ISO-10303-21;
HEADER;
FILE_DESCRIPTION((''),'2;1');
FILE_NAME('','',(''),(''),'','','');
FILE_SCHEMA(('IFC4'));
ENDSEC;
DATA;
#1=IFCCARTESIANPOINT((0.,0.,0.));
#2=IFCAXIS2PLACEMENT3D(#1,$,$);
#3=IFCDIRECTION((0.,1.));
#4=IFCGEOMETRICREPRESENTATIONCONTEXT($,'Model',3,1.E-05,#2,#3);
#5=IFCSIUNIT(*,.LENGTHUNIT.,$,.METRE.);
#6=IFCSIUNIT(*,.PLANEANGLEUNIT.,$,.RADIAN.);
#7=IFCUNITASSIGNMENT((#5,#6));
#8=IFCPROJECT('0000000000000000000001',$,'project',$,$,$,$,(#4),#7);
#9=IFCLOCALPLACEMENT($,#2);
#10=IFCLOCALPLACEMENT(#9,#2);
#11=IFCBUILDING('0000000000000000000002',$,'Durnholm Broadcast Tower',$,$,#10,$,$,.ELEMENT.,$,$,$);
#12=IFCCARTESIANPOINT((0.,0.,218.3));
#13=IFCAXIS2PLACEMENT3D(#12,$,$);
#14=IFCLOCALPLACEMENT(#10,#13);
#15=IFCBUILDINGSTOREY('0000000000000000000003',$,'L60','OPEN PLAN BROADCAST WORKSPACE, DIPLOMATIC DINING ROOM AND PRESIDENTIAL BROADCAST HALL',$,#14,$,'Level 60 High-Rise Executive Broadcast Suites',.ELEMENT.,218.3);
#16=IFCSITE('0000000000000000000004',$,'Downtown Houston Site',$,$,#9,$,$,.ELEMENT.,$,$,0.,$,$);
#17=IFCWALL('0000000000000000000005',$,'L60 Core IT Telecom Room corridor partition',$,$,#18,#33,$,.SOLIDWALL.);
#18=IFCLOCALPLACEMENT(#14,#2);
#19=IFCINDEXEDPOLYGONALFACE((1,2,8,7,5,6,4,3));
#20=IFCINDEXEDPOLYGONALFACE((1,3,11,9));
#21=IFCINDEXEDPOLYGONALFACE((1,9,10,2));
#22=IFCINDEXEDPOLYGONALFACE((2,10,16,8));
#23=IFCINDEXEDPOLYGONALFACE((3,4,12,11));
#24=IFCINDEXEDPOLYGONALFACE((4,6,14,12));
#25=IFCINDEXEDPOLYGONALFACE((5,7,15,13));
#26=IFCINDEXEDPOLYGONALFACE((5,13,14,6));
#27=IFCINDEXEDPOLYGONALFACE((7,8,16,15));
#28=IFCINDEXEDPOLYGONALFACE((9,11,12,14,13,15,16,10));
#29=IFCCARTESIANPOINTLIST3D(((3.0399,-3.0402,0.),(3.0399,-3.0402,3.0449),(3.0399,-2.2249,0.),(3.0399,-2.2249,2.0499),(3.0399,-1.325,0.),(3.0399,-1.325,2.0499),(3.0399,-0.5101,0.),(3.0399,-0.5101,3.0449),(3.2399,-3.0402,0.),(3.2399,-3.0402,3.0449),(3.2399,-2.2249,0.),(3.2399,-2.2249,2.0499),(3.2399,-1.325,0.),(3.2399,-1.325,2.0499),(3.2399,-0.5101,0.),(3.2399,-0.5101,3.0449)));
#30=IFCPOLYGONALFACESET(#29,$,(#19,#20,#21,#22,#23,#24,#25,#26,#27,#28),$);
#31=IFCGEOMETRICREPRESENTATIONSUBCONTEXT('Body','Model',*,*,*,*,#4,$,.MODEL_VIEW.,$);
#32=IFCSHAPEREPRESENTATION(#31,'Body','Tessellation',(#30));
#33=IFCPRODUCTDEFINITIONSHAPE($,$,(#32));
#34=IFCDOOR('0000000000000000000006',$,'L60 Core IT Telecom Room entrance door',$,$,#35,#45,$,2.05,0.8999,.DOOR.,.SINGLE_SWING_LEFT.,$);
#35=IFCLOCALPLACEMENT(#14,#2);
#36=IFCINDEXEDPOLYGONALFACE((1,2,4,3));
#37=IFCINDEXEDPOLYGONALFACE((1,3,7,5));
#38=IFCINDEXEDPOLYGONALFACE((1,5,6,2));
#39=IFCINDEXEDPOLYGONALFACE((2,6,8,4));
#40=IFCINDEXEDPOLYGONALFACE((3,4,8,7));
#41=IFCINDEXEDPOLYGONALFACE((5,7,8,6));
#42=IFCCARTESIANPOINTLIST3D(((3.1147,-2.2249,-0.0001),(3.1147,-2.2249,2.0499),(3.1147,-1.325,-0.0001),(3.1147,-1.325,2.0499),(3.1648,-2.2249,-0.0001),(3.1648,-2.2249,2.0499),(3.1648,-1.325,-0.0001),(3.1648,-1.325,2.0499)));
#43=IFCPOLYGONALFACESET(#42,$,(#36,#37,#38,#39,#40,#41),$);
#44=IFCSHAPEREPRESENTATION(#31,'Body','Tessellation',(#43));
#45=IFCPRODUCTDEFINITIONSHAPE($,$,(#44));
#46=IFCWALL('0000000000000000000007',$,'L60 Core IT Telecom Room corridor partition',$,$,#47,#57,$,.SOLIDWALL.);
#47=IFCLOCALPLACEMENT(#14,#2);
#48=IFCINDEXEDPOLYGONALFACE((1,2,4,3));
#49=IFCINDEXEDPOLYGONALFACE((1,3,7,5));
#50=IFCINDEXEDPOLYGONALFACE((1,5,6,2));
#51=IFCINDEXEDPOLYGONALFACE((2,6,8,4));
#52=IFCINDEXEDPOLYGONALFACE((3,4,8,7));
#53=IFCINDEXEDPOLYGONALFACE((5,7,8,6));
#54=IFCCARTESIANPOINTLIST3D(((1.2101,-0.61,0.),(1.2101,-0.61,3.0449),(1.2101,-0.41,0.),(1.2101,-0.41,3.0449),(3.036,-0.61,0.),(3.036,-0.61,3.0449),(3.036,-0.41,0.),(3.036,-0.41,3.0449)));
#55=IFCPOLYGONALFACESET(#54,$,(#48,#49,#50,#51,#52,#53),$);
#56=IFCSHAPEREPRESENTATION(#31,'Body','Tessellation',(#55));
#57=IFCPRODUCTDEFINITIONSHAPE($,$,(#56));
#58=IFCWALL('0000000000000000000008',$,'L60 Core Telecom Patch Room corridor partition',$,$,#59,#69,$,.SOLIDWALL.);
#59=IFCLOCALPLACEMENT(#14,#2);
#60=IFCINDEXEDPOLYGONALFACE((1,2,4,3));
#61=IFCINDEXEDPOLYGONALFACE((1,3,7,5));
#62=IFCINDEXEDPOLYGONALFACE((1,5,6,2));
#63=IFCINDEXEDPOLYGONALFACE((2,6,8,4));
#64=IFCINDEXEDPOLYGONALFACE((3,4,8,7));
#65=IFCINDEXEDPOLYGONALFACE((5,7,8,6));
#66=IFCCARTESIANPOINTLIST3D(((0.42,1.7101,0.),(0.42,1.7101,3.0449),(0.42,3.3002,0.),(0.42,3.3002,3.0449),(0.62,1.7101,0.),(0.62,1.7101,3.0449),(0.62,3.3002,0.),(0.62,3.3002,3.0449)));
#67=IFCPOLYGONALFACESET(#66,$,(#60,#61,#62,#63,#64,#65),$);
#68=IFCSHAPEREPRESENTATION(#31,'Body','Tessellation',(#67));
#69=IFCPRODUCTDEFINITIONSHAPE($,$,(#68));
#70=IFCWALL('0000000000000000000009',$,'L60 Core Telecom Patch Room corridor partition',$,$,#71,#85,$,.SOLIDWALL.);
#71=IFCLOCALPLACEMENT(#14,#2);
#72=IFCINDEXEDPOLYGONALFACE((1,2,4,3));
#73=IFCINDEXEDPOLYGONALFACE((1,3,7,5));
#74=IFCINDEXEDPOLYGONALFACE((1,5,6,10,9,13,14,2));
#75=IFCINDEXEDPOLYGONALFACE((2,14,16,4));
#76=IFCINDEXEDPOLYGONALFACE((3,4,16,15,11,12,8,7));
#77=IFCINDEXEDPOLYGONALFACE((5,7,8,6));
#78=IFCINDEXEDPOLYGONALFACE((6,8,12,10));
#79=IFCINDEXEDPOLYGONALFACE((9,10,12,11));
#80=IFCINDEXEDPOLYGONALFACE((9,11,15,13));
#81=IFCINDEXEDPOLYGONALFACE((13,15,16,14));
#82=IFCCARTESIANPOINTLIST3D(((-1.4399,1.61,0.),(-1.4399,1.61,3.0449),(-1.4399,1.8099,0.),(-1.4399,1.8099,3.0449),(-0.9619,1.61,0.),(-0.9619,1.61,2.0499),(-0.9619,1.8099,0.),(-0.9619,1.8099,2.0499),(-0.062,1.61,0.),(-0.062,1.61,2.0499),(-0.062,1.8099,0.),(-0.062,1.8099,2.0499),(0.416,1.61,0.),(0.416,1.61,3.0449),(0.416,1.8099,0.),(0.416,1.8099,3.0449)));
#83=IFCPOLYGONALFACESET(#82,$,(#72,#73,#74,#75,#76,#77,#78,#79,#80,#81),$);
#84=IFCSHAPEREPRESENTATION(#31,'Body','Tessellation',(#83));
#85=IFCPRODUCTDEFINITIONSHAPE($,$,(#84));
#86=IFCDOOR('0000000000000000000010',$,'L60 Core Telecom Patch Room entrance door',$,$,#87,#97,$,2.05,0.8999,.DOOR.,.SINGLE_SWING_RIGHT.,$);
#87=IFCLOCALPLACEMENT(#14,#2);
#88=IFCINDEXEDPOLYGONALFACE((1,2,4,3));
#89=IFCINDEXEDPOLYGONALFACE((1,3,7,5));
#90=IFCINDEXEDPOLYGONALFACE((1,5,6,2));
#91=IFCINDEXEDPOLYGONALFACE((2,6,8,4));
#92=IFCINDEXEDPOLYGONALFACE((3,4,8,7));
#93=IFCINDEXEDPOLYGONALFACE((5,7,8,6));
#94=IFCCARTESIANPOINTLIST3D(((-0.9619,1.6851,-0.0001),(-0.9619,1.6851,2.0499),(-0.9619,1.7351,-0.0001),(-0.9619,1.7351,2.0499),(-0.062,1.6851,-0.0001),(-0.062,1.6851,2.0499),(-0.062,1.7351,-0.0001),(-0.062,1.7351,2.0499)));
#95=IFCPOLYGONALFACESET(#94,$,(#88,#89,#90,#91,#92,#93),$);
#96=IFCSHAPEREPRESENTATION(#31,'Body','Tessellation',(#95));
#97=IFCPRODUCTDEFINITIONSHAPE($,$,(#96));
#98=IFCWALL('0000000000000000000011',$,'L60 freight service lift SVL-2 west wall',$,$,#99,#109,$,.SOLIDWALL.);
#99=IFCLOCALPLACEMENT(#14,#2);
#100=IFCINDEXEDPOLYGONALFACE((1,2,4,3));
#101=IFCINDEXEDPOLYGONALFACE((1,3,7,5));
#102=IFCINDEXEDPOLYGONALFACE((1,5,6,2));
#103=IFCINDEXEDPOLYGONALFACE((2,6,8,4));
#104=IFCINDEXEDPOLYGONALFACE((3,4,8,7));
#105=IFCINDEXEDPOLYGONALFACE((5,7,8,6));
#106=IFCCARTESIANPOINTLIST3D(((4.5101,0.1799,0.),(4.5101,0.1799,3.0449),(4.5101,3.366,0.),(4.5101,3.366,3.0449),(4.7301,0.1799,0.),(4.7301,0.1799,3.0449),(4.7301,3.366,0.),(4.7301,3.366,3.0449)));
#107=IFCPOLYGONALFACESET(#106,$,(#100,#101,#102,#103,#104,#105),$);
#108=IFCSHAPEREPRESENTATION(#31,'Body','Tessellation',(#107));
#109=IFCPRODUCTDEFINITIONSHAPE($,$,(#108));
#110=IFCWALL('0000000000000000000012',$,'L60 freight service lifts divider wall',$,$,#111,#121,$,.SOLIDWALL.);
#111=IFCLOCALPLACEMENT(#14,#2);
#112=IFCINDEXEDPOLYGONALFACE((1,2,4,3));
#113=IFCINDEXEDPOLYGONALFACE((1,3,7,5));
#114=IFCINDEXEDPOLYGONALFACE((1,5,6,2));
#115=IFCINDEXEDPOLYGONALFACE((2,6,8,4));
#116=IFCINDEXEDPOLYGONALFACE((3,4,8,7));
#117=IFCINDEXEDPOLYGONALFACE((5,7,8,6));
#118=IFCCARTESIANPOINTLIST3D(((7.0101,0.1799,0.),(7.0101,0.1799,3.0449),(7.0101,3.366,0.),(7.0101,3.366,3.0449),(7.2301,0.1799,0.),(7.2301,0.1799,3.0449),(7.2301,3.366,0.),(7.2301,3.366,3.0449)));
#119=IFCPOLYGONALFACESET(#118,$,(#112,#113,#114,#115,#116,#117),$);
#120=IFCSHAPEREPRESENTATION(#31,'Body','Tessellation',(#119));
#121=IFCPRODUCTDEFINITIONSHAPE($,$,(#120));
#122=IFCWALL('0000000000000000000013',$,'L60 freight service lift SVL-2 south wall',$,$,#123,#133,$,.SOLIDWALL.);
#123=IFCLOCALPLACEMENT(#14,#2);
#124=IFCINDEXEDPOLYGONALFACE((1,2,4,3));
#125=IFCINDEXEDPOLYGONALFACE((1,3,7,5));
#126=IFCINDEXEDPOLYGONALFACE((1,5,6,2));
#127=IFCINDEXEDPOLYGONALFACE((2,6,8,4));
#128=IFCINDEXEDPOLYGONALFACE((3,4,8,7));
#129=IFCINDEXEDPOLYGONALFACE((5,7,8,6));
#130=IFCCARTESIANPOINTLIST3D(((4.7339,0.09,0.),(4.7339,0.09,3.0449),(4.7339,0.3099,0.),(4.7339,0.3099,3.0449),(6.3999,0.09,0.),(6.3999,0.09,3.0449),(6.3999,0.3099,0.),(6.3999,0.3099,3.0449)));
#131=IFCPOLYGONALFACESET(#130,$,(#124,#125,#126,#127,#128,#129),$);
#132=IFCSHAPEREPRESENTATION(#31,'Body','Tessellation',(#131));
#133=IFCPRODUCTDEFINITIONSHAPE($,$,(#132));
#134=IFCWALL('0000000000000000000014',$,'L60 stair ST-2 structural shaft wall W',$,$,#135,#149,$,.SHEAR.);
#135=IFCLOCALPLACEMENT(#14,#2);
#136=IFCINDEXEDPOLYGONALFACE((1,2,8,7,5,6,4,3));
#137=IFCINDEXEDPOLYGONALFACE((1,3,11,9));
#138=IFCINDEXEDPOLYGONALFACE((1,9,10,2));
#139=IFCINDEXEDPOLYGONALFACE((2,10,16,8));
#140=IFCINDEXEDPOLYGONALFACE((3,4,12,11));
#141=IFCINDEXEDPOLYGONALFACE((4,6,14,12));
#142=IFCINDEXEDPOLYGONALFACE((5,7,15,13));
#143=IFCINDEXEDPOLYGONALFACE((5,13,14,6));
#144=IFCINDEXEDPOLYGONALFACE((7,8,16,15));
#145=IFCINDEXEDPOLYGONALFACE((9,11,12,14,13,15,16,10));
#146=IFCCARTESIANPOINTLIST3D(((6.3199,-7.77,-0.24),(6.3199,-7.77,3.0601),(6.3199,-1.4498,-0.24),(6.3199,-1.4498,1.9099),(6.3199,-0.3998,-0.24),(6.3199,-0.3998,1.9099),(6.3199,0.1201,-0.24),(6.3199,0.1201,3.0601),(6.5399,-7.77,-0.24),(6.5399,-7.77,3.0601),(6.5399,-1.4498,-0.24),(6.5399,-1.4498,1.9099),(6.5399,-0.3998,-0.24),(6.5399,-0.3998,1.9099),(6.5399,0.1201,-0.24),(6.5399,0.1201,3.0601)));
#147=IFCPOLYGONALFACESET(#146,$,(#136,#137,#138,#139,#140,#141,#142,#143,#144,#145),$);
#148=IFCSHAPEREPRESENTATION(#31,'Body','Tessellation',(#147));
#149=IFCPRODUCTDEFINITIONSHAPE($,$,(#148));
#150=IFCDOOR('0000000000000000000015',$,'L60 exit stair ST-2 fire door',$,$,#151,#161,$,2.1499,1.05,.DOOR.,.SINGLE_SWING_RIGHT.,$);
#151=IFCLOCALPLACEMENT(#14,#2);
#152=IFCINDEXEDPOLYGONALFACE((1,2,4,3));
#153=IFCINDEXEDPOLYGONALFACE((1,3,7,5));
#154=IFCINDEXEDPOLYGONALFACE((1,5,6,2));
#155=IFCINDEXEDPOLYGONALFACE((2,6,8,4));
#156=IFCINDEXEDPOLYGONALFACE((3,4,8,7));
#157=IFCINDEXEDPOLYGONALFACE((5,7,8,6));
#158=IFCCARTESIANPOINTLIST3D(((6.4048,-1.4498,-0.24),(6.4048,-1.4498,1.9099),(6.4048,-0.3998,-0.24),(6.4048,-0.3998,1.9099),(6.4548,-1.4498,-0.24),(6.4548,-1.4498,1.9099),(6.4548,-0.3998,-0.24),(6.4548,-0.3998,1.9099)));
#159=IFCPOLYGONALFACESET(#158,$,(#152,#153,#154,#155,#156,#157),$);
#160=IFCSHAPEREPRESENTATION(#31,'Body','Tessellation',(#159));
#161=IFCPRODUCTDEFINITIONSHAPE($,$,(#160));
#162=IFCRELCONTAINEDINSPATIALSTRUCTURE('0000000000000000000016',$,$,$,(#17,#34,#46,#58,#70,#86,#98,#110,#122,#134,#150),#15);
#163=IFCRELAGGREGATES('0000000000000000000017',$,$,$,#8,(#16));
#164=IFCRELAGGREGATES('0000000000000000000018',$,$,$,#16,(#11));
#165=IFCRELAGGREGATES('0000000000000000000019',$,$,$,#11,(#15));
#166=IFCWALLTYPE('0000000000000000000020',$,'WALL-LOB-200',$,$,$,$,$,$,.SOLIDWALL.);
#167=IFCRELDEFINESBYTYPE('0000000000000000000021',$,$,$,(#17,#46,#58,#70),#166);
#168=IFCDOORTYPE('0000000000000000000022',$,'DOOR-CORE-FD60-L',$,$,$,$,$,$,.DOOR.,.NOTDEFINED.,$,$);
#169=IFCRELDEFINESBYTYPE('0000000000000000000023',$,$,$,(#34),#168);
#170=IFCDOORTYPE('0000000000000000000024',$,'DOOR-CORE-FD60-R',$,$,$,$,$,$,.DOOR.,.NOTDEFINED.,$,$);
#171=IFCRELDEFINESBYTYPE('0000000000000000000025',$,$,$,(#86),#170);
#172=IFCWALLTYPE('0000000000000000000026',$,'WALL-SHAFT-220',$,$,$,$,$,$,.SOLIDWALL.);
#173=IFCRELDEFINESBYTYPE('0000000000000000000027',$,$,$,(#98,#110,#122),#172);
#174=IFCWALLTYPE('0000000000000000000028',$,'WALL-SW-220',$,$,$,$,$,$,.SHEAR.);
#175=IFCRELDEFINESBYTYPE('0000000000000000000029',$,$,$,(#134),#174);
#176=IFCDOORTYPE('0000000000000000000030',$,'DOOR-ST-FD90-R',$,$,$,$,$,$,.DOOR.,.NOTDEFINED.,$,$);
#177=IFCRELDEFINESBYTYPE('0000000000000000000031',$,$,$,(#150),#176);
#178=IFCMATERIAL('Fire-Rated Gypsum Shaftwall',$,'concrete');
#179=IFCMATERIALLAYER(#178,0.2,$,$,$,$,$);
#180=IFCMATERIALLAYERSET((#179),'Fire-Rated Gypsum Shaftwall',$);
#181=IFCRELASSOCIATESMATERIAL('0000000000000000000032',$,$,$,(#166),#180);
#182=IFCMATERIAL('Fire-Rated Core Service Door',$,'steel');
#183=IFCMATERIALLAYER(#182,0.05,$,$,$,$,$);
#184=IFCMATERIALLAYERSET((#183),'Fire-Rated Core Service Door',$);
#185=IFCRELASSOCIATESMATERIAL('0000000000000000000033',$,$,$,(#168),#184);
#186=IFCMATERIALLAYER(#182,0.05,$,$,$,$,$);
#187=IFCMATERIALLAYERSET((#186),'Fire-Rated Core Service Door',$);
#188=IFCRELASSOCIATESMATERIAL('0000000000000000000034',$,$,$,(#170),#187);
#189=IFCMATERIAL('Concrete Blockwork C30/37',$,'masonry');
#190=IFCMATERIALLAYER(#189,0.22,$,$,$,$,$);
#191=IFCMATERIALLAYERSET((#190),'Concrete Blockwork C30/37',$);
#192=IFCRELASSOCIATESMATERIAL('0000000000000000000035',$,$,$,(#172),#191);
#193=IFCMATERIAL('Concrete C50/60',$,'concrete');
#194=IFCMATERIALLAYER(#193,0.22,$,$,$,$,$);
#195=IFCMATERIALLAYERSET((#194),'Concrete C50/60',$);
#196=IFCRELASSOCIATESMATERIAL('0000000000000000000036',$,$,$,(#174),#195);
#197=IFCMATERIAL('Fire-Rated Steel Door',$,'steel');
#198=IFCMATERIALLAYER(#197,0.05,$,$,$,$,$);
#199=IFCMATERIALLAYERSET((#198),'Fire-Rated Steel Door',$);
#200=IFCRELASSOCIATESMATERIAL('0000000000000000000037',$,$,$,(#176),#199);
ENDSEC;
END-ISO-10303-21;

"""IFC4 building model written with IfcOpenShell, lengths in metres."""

from ifc_helpers import new_model, si_unit, direction, frame, frame_2d, origin, place, context, subcontext, project, spatial, rectangle, extrude, source, transform, mapped, material, layer, layer_set, type_object, type_shapes, element, fill, save


model = new_model("IFC4")

# Units and contexts
model_context = context("Model", 3, precision=1e-05, world=origin(), true_north=direction((0.0, 1.0)))
body_context = subcontext(model_context, "Body", "Model", "MODEL_VIEW")
ifc_project = project(units=[si_unit("LENGTHUNIT", "METRE"), si_unit("PLANEANGLEUNIT", "RADIAN")], contexts=[model_context])

# Site, building, storey
site_placement = place(None, origin())
site = spatial("IfcSite", under=ifc_project, at=site_placement, Name="Downtown Houston Site", CompositionType="ELEMENT", RefElevation=0.0)
building_placement = place(site_placement, origin())
building = spatial("IfcBuilding", under=site, at=building_placement, Name="Durnholm Broadcast Tower", CompositionType="ELEMENT")
storey_placement = place(building_placement, frame((0.0, 0.0, 218.3)))
storey = spatial("IfcBuildingStorey", under=building, at=storey_placement, Name="L60", Description="OPEN PLAN BROADCAST WORKSPACE, DIPLOMATIC DINING ROOM AND PRESIDENTIAL BROADCAST HALL", LongName="Level 60 High-Rise Executive Broadcast Suites", CompositionType="ELEMENT", Elevation=218.3)

# Wall, opening, door
ifc_material_1 = material(Name="Fire-Rated Gypsum Shaftwall", Category="concrete")
ifc_layer_1 = layer(ifc_material_1, 0.2)
ifc_layer_set_1 = layer_set([ifc_layer_1], Name="Fire-Rated Gypsum Shaftwall")
wall_type_1 = type_object("IfcWallType", Name="WALL-LOB-200", PredefinedType="SOLIDWALL", material=ifc_layer_set_1)
wall_1_placement = place(storey_placement, frame((3.1399, -0.51, 0.0), z_axis=(0.0, 0.0, 1.0), x_axis=(0.0, -1.0, 0.0)))
wall_1 = element("IfcWall", 1, at=wall_1_placement, inside=storey, type_object=wall_type_1, Name="L60 Core IT Telecom Room corridor partition", PredefinedType="SOLIDWALL", context=body_context, shape_type="SweptSolid", body=[
    extrude(rectangle(XDim=2.53, YDim=0.2, at=frame_2d((1.2651, 0.0))), origin(), (0.0, 0.0, 1.0), 3.0449),
])
opening_1_placement = place(wall_1_placement, frame((0.8149, 0.0, 0.0)))
opening_1 = element("IfcOpeningElement", 2, at=opening_1_placement, cuts=wall_1, PredefinedType="OPENING", context=body_context, shape_type="SweptSolid", body=[
    extrude(rectangle(XDim=0.8999, YDim=2.05, at=frame_2d((0.45, 1.0249))), frame((0.0, 0.1099, 0.0), z_axis=(0.0, -1.0, 0.0), x_axis=(1.0, 0.0, 0.0)), (0.0, 0.0, 1.0), 0.22),
])
ifc_material_2 = material(Name="Fire-Rated Core Service Door", Category="steel")
ifc_layer_2 = layer(ifc_material_2, 0.05)
ifc_layer_set_2 = layer_set([ifc_layer_2], Name="Fire-Rated Core Service Door")
door_type_1 = type_object("IfcDoorType", Name="DOOR-CORE-FD60-L", OperationType="NOTDEFINED", PredefinedType="DOOR", material=ifc_layer_set_2)
shared_shape_1 = source(origin(), body_context, "Body", "SweptSolid", [
    extrude(rectangle(XDim=0.8999, YDim=2.05, at=frame_2d((0.45, 1.0249))), frame((0.0, 0.0249, 0.0), z_axis=(0.0, -1.0, 0.0), x_axis=(1.0, 0.0, 0.0)), (0.0, 0.0, 1.0), 0.05),
])
type_shapes(door_type_1, [shared_shape_1])
door_1_placement = place(opening_1_placement, origin())
door_1 = element("IfcDoor", 3, at=door_1_placement, inside=storey, type_object=door_type_1, Name="L60 Core IT Telecom Room entrance door", OperationType="SINGLE_SWING_LEFT", OverallHeight=2.05, OverallWidth=0.8999, PredefinedType="DOOR", context=body_context, shape_type="MappedRepresentation", body=[
    mapped(shared_shape_1, transform((0.0, 0.0, 0.0), x_axis=(1.0, 0.0, 0.0), y_axis=(0.0, 1.0, 0.0), z_axis=(0.0, 0.0, 1.0), scale=1.0)),
])
fill(opening_1, door_1)

# Walls
wall_2_placement = place(storey_placement, frame((1.21, -0.51, 0.0), z_axis=(0.0, 0.0, 1.0), x_axis=(1.0, 0.0, 0.0)))
element("IfcWall", 4, at=wall_2_placement, inside=storey, type_object=wall_type_1, Name="L60 Core IT Telecom Room corridor partition", PredefinedType="SOLIDWALL", context=body_context, shape_type="SweptSolid", body=[
    extrude(rectangle(XDim=1.8259, YDim=0.2, at=frame_2d((0.9131, 0.0))), origin(), (0.0, 0.0, 1.0), 3.0449),
])
wall_3_placement = place(storey_placement, frame((0.52, 3.3, 0.0), z_axis=(0.0, 0.0, 1.0), x_axis=(0.0, -1.0, 0.0)))
element("IfcWall", 5, at=wall_3_placement, inside=storey, type_object=wall_type_1, Name="L60 Core Telecom Patch Room corridor partition", PredefinedType="SOLIDWALL", context=body_context, shape_type="SweptSolid", body=[
    extrude(rectangle(XDim=1.5901, YDim=0.2, at=frame_2d((0.7949, 0.0))), origin(), (0.0, 0.0, 1.0), 3.0449),
])

# Wall, opening, door
wall_4_placement = place(storey_placement, frame((0.416, 1.71, 0.0), z_axis=(0.0, 0.0, 1.0), x_axis=(-1.0, 0.0, 0.0)))
wall_4 = element("IfcWall", 6, at=wall_4_placement, inside=storey, type_object=wall_type_1, Name="L60 Core Telecom Patch Room corridor partition", PredefinedType="SOLIDWALL", context=body_context, shape_type="SweptSolid", body=[
    extrude(rectangle(XDim=1.856, YDim=0.2, at=frame_2d((0.928, 0.0))), origin(), (0.0, 0.0, 1.0), 3.0449),
])
opening_2_placement = place(wall_4_placement, frame((0.478, 0.0, 0.0)))
opening_2 = element("IfcOpeningElement", 7, at=opening_2_placement, cuts=wall_4, PredefinedType="OPENING", context=body_context, shape_type="SweptSolid", body=[
    extrude(rectangle(XDim=0.8999, YDim=2.05, at=frame_2d((0.45, 1.0249))), frame((0.0, 0.1099, 0.0), z_axis=(0.0, -1.0, 0.0), x_axis=(1.0, 0.0, 0.0)), (0.0, 0.0, 1.0), 0.22),
])
ifc_layer_3 = layer(ifc_material_2, 0.05)
ifc_layer_set_3 = layer_set([ifc_layer_3], Name="Fire-Rated Core Service Door")
door_type_2 = type_object("IfcDoorType", Name="DOOR-CORE-FD60-R", OperationType="NOTDEFINED", PredefinedType="DOOR", material=ifc_layer_set_3)
shared_shape_2 = source(origin(), body_context, "Body", "SweptSolid", [
    extrude(rectangle(XDim=0.8999, YDim=2.05, at=frame_2d((0.45, 1.0249))), frame((0.0, 0.0249, 0.0), z_axis=(0.0, -1.0, 0.0), x_axis=(1.0, 0.0, 0.0)), (0.0, 0.0, 1.0), 0.05),
])
type_shapes(door_type_2, [shared_shape_2])
door_2_placement = place(opening_2_placement, origin())
door_2 = element("IfcDoor", 8, at=door_2_placement, inside=storey, type_object=door_type_2, Name="L60 Core Telecom Patch Room entrance door", OperationType="SINGLE_SWING_RIGHT", OverallHeight=2.05, OverallWidth=0.8999, PredefinedType="DOOR", context=body_context, shape_type="MappedRepresentation", body=[
    mapped(shared_shape_2, transform((0.0, 0.0, 0.0), x_axis=(1.0, 0.0, 0.0), y_axis=(0.0, 1.0, 0.0), z_axis=(0.0, 0.0, 1.0), scale=1.0)),
])
fill(opening_2, door_2)

# Shared definitions
ifc_material_3 = material(Name="Concrete Blockwork C30/37", Category="masonry")
ifc_layer_4 = layer(ifc_material_3, 0.22)
ifc_layer_set_4 = layer_set([ifc_layer_4], Name="Concrete Blockwork C30/37")
wall_type_2 = type_object("IfcWallType", Name="WALL-SHAFT-220", PredefinedType="SOLIDWALL", material=ifc_layer_set_4)

# Walls
for number, where, z_axis, x_axis, name in (
    (9, (4.6201, 0.1799, 0.0), (0.0, 0.0, 1.0), (0.0, 1.0, 0.0), "L60 freight service lift SVL-2 west wall"),
    (10, (7.1201, 0.1799, 0.0), (0.0, 0.0, 1.0), (0.0, 1.0, 0.0), "L60 freight service lifts divider wall"),
):
    element("IfcWall", number, at=place(storey_placement, frame(where, z_axis=z_axis, x_axis=x_axis)), inside=storey, type_object=wall_type_2, Name=name, PredefinedType="SOLIDWALL", context=body_context, shape_type="SweptSolid", body=[
        extrude(rectangle(XDim=3.186, YDim=0.22, at=frame_2d((1.593, 0.0))), origin(), (0.0, 0.0, 1.0), 3.0449),
    ])
wall_5_placement = place(storey_placement, frame((4.7339, 0.2, 0.0), z_axis=(0.0, 0.0, 1.0), x_axis=(1.0, 0.0, 0.0)))
element("IfcWall", 11, at=wall_5_placement, inside=storey, type_object=wall_type_2, Name="L60 freight service lift SVL-2 south wall", PredefinedType="SOLIDWALL", context=body_context, shape_type="SweptSolid", body=[
    extrude(rectangle(XDim=1.666, YDim=0.22, at=frame_2d((0.833, 0.0))), origin(), (0.0, 0.0, 1.0), 3.0449),
])

# Wall, opening, door
ifc_material_4 = material(Name="Concrete C50/60", Category="concrete")
ifc_layer_5 = layer(ifc_material_4, 0.22)
ifc_layer_set_5 = layer_set([ifc_layer_5], Name="Concrete C50/60")
wall_type_3 = type_object("IfcWallType", Name="WALL-SW-220", PredefinedType="SHEAR", material=ifc_layer_set_5)
wall_6_placement = place(storey_placement, frame((6.4299, 0.1201, -0.24), z_axis=(0.0, 0.0, 1.0), x_axis=(0.0, -1.0, 0.0)))
wall_6 = element("IfcWall", 12, at=wall_6_placement, inside=storey, type_object=wall_type_3, Name="L60 stair ST-2 structural shaft wall W", PredefinedType="SHEAR", context=body_context, shape_type="SweptSolid", body=[
    extrude(rectangle(XDim=7.8901, YDim=0.22, at=frame_2d((3.9451, 0.0))), origin(), (0.0, 0.0, 1.0), 3.3),
])
opening_3_placement = place(wall_6_placement, frame((0.52, 0.0, 0.0)))
opening_3 = element("IfcOpeningElement", 13, at=opening_3_placement, cuts=wall_6, PredefinedType="OPENING", context=body_context, shape_type="SweptSolid", body=[
    extrude(rectangle(XDim=1.05, YDim=2.1499, at=frame_2d((0.5249, 1.075))), frame((0.0, 0.1201, 0.0), z_axis=(0.0, -1.0, 0.0), x_axis=(1.0, 0.0, 0.0)), (0.0, 0.0, 1.0), 0.24),
])
ifc_material_5 = material(Name="Fire-Rated Steel Door", Category="steel")
ifc_layer_6 = layer(ifc_material_5, 0.05)
ifc_layer_set_6 = layer_set([ifc_layer_6], Name="Fire-Rated Steel Door")
door_type_3 = type_object("IfcDoorType", Name="DOOR-ST-FD90-R", OperationType="NOTDEFINED", PredefinedType="DOOR", material=ifc_layer_set_6)
shared_shape_3 = source(origin(), body_context, "Body", "SweptSolid", [
    extrude(rectangle(XDim=1.05, YDim=2.1499, at=frame_2d((0.5249, 1.075))), frame((0.0, 0.0249, 0.0), z_axis=(0.0, -1.0, 0.0), x_axis=(1.0, 0.0, 0.0)), (0.0, 0.0, 1.0), 0.05),
])
type_shapes(door_type_3, [shared_shape_3])
door_3_placement = place(opening_3_placement, origin())
door_3 = element("IfcDoor", 14, at=door_3_placement, inside=storey, type_object=door_type_3, Name="L60 exit stair ST-2 fire door", OperationType="SINGLE_SWING_RIGHT", OverallHeight=2.1499, OverallWidth=1.05, PredefinedType="DOOR", context=body_context, shape_type="MappedRepresentation", body=[
    mapped(shared_shape_3, transform((0.0, 0.0, 0.0), x_axis=(1.0, 0.0, 0.0), y_axis=(0.0, 1.0, 0.0), z_axis=(0.0, 0.0, 1.0), scale=1.0)),
])
fill(opening_3, door_3)

save(model, "model.ifc")
